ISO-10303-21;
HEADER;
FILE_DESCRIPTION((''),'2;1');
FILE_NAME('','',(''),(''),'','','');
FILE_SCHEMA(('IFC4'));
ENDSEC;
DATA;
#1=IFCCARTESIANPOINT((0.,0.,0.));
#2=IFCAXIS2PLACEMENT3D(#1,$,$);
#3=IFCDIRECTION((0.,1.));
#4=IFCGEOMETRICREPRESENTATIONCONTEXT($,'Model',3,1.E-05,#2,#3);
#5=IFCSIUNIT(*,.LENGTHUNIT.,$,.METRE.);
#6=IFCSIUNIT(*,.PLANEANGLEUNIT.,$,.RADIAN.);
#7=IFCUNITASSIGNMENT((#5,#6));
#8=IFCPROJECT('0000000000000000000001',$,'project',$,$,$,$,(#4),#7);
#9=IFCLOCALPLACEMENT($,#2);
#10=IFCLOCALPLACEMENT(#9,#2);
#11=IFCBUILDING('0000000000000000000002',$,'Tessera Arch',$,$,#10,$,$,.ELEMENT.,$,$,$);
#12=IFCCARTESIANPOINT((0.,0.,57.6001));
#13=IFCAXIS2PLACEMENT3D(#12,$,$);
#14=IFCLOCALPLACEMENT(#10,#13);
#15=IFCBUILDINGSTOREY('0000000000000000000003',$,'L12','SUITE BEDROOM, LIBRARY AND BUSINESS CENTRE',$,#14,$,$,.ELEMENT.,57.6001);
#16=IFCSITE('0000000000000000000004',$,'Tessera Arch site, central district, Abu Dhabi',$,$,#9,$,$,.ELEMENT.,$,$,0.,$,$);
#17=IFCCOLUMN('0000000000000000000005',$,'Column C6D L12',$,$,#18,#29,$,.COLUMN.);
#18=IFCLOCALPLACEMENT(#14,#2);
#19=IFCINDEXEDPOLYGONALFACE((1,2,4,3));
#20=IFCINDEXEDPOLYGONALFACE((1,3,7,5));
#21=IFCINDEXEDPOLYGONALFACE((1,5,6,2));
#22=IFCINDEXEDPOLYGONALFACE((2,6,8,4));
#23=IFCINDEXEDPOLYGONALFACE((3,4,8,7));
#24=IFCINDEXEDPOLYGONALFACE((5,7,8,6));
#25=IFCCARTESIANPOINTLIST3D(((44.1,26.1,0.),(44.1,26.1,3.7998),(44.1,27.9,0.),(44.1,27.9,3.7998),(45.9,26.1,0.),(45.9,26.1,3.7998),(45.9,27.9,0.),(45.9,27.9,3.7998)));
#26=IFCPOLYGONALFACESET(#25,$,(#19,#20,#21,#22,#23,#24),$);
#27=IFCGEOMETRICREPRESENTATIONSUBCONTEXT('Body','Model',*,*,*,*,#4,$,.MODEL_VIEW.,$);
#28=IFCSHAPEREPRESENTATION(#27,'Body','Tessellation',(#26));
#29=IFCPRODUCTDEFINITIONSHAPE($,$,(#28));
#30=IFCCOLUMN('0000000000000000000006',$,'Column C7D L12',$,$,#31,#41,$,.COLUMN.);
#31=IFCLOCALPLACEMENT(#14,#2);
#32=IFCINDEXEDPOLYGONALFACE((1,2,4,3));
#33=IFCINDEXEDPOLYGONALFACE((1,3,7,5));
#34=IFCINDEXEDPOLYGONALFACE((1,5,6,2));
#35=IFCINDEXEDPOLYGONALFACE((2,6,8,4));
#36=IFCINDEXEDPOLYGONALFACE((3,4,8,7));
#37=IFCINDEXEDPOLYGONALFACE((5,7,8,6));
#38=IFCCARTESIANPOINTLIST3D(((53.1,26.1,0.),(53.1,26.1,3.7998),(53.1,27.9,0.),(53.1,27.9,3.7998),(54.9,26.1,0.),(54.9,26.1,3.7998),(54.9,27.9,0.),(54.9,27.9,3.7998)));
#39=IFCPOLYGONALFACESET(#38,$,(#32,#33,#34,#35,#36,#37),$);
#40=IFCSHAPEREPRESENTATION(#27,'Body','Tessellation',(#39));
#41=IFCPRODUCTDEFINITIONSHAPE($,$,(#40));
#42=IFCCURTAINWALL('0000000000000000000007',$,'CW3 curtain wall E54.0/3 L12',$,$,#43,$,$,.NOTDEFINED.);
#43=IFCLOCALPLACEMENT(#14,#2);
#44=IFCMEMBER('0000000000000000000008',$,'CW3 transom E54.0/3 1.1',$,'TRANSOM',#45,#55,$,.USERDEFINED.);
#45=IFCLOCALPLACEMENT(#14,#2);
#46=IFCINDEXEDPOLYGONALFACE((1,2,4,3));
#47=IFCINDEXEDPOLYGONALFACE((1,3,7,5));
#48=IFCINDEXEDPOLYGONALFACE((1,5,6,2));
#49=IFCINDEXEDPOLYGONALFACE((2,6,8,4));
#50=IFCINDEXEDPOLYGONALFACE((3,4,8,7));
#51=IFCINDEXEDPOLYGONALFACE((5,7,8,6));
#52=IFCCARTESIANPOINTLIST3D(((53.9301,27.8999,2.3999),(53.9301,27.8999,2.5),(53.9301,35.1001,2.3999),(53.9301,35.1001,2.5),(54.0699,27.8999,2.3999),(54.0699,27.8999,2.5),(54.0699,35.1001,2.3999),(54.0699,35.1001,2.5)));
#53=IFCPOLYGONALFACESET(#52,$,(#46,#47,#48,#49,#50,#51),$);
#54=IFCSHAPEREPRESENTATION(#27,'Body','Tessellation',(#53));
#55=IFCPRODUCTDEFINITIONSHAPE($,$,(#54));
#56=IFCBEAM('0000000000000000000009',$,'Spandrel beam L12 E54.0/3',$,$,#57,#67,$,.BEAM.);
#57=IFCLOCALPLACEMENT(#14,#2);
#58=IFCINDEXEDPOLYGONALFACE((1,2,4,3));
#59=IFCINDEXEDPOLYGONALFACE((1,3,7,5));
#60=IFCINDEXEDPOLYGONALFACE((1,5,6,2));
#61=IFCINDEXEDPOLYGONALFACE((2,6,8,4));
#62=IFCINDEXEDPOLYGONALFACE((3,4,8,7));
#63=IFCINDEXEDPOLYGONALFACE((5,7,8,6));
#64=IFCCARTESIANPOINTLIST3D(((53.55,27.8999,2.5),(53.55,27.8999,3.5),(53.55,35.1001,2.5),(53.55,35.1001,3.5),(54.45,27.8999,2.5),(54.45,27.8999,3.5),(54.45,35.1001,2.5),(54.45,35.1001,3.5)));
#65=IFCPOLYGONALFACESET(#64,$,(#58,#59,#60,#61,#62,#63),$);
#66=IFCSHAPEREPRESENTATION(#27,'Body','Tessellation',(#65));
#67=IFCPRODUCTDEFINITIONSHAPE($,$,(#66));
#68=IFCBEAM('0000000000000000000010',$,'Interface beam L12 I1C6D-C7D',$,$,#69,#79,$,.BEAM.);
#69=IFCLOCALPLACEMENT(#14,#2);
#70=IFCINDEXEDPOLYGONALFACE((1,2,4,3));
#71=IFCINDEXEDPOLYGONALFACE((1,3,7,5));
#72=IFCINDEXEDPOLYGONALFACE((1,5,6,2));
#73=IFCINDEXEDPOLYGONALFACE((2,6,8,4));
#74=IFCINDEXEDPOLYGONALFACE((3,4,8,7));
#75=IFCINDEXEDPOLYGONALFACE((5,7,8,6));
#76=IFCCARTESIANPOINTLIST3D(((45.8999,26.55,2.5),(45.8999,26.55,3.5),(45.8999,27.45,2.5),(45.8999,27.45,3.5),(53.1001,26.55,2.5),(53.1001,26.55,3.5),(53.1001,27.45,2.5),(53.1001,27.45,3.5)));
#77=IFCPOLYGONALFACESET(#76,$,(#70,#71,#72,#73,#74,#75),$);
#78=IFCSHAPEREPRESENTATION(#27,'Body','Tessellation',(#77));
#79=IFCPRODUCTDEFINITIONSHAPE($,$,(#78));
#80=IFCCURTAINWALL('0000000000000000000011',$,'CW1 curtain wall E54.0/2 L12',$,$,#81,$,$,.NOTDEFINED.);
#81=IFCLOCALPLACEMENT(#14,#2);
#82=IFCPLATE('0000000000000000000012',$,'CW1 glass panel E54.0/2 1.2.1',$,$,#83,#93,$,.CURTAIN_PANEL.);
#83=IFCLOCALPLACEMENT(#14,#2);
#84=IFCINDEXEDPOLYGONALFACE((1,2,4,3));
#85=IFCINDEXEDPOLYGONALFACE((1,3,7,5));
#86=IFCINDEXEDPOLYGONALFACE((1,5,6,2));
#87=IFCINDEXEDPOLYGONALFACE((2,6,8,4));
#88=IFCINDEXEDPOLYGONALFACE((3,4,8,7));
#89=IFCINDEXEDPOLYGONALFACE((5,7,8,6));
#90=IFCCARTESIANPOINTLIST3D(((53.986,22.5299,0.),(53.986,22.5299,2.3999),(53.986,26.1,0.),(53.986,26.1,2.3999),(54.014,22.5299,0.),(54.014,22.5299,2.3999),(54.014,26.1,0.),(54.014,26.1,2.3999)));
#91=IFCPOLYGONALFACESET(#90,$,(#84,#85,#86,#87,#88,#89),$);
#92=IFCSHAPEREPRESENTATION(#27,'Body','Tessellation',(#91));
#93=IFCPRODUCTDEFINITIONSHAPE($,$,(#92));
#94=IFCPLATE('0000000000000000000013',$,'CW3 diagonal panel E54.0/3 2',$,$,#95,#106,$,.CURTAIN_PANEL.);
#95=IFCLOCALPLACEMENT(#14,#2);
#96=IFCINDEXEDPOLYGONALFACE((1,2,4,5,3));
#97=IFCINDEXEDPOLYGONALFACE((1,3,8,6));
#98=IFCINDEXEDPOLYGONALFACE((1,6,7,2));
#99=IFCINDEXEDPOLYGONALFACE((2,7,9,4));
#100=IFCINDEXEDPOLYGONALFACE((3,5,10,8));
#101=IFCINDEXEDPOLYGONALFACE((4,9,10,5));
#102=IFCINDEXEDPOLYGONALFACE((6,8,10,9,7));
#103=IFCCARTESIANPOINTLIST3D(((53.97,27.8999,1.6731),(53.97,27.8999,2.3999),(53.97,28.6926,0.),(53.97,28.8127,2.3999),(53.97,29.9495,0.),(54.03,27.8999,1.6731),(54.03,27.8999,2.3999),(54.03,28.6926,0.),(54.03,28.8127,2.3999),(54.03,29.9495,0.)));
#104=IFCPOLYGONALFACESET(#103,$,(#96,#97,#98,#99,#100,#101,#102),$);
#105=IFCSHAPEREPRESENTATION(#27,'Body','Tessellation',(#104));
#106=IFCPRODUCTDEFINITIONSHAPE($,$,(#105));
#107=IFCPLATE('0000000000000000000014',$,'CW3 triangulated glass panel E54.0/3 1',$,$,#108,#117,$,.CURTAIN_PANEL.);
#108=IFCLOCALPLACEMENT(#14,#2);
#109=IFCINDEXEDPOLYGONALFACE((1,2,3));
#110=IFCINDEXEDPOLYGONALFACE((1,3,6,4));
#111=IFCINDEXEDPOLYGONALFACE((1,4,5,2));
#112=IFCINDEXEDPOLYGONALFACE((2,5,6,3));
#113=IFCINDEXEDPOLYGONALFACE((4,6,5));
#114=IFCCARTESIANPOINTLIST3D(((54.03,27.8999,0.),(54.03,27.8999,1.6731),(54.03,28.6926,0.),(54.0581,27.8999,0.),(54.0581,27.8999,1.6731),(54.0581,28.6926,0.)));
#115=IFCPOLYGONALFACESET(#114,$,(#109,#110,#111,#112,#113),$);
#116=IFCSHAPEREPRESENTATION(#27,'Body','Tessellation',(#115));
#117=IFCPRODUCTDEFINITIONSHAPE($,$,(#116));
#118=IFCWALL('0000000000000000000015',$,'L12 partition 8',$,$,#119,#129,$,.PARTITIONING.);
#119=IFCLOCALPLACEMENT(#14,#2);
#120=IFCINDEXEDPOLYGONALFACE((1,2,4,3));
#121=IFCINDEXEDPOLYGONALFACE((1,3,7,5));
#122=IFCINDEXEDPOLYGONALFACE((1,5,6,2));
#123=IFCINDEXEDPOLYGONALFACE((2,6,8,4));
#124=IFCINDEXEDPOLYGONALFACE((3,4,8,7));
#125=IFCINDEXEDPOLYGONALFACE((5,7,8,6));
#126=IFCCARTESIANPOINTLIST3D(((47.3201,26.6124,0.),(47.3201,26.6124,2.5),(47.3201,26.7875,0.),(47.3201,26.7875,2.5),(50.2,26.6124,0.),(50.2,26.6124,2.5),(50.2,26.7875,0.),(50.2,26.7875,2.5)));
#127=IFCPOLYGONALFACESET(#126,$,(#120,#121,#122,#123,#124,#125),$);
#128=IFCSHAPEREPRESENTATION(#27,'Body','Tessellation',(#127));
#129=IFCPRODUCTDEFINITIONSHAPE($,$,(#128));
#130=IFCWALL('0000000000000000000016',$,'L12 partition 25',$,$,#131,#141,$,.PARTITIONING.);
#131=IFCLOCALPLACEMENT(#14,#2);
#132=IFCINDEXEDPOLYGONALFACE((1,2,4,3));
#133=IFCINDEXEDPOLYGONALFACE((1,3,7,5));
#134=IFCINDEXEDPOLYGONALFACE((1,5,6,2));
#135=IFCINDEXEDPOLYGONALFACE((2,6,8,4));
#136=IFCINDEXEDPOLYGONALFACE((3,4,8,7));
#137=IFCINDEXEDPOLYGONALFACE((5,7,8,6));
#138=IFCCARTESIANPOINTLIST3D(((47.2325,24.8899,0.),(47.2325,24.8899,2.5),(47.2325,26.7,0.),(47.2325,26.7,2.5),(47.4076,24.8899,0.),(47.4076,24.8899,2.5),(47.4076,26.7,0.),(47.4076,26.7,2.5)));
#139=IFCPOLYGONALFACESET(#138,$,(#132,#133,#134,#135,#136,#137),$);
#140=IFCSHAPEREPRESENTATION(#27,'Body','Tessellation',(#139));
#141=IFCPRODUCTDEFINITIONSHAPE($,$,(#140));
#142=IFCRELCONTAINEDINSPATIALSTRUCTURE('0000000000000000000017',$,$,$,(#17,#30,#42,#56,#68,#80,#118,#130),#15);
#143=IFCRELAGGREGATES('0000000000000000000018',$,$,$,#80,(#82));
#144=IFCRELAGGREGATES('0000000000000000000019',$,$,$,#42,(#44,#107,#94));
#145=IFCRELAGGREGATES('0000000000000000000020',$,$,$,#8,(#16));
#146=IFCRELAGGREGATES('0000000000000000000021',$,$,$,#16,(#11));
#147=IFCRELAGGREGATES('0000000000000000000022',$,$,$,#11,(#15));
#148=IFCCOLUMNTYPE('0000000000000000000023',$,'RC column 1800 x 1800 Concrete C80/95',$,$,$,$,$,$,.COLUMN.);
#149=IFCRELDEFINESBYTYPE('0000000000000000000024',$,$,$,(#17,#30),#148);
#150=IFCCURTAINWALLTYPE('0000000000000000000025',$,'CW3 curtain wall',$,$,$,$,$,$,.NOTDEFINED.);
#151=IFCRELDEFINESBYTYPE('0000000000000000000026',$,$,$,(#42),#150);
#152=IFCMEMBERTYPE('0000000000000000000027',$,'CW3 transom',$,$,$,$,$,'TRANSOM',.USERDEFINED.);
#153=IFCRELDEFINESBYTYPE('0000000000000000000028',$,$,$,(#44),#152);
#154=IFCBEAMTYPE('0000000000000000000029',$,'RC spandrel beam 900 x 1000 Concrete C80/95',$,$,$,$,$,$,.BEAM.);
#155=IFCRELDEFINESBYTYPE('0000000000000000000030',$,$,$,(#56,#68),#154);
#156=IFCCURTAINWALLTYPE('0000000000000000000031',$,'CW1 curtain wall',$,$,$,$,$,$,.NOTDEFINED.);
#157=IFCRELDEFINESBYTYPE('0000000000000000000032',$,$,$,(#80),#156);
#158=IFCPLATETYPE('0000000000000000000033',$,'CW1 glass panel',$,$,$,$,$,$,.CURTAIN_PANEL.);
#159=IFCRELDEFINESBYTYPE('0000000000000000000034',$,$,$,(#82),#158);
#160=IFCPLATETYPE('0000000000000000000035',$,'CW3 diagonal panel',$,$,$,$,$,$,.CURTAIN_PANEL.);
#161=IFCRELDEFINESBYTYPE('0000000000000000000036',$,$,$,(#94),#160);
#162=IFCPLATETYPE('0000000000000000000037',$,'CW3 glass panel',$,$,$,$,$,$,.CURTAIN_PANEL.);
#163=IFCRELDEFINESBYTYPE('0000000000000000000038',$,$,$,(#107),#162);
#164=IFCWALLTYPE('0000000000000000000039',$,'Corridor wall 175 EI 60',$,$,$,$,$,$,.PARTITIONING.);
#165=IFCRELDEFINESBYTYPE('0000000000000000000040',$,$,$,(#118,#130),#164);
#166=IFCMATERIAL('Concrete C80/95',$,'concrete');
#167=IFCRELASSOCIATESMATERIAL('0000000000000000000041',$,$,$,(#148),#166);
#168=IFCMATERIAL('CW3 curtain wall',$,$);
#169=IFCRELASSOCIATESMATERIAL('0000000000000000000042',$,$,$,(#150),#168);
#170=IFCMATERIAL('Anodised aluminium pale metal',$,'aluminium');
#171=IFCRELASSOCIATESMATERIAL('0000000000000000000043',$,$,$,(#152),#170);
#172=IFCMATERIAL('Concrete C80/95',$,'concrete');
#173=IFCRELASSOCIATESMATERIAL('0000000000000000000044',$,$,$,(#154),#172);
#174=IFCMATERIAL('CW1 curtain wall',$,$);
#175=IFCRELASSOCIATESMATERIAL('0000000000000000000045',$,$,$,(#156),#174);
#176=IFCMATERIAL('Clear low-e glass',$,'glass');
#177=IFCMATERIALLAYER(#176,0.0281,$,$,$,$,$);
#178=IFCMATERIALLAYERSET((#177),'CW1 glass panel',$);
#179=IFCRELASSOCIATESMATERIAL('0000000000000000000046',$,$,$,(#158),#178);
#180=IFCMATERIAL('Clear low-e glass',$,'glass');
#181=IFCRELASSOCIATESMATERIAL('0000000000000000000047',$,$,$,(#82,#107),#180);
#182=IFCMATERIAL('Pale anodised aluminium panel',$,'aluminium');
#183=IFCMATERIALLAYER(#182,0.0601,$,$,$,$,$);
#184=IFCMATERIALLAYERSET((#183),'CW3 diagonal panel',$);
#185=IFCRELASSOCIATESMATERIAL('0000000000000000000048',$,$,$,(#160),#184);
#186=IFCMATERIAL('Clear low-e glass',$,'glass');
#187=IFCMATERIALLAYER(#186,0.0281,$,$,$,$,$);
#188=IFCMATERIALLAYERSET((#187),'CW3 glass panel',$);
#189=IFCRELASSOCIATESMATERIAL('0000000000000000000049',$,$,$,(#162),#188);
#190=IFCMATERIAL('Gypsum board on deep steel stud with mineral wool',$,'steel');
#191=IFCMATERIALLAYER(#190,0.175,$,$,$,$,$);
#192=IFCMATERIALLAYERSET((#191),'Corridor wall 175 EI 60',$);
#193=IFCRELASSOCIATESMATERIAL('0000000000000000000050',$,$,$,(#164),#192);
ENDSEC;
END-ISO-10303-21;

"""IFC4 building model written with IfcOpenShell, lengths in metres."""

from ifc_helpers import new_model, si_unit, direction, frame, frame_2d, origin, origin_2d, place, context, subcontext, project, spatial, polyline, rectangle, outline, extrude, material, layer, layer_set, material_profile, profile_set, type_object, element, aggregate, save


model = new_model("IFC4")

# Units and contexts
model_context = context("Model", 3, precision=1e-05, world=origin(), true_north=direction((0.0, 1.0)))
body_context = subcontext(model_context, "Body", "Model", "MODEL_VIEW")
ifc_project = project(units=[si_unit("LENGTHUNIT", "METRE"), si_unit("PLANEANGLEUNIT", "RADIAN")], contexts=[model_context])

# Site, building, storey
site_placement = place(None, origin())
site = spatial("IfcSite", under=ifc_project, at=site_placement, Name="Tessera Arch site, central district, Abu Dhabi", CompositionType="ELEMENT", RefElevation=0.0)
building_placement = place(site_placement, origin())
building = spatial("IfcBuilding", under=site, at=building_placement, Name="Tessera Arch", CompositionType="ELEMENT")
storey_placement = place(building_placement, frame((0.0, 0.0, 57.6001)))
storey = spatial("IfcBuildingStorey", under=building, at=storey_placement, Name="L12", Description="SUITE BEDROOM, LIBRARY AND BUSINESS CENTRE", CompositionType="ELEMENT", Elevation=57.6001)

# Columns
ifc_material_1 = material(Name="Concrete C80/95", Category="concrete")
ifc_material_profile_1 = material_profile(ifc_material_1, rectangle(XDim=1.8, YDim=1.8, at=origin_2d()), Name="RC column 1800 x 1800 Concrete C80/95")
ifc_profile_set_1 = profile_set([ifc_material_profile_1], Name="Concrete C80/95")
column_type = type_object("IfcColumnType", Name="RC column 1800 x 1800 Concrete C80/95", PredefinedType="COLUMN", material=ifc_profile_set_1)
for number, where, z_axis, x_axis, name in (
    (1, (45.0, 27.0, 0.0), (0.0, 0.0, 1.0), (1.0, 0.0, 0.0), "Column C6D L12"),
    (2, (54.0, 27.0, 0.0), (0.0, 0.0, 1.0), (1.0, 0.0, 0.0), "Column C7D L12"),
):
    element("IfcColumn", number, at=place(storey_placement, frame(where, z_axis=z_axis, x_axis=x_axis)), inside=storey, type_object=column_type, Name=name, PredefinedType="COLUMN", context=body_context, shape_type="SweptSolid", body=[
        extrude(rectangle(XDim=1.8, YDim=1.8, at=origin_2d()), origin(), (0.0, 0.0, 1.0), 3.7998),
    ])

# Curtain wall, member
ifc_material_2 = material(Name="CW3 curtain wall")
curtain_wall_type_1 = type_object("IfcCurtainWallType", Name="CW3 curtain wall", PredefinedType="NOTDEFINED", material=ifc_material_2)
curtain_wall_1_placement = place(storey_placement, origin())
curtain_wall_1 = element("IfcCurtainWall", 3, at=curtain_wall_1_placement, inside=storey, type_object=curtain_wall_type_1, Name="CW3 curtain wall E54.0/3 L12", PredefinedType="NOTDEFINED")
ifc_material_3 = material(Name="Anodised aluminium pale metal", Category="aluminium")
ifc_material_profile_2 = material_profile(ifc_material_3, rectangle(XDim=0.1399, YDim=0.1001, at=origin_2d()), Name="AL 140x100")
ifc_profile_set_2 = profile_set([ifc_material_profile_2], Name="Anodised aluminium pale metal")
member_type = type_object("IfcMemberType", Name="CW3 transom", ElementType="TRANSOM", PredefinedType="USERDEFINED", material=ifc_profile_set_2)
member_placement = place(storey_placement, frame((54.0, 27.8999, 2.45), z_axis=(0.0, 1.0, 0.0), x_axis=(-1.0, 0.0, 0.0)))
member = element("IfcMember", 4, at=member_placement, type_object=member_type, Name="CW3 transom E54.0/3 1.1", ObjectType="TRANSOM", PredefinedType="USERDEFINED", context=body_context, shape_type="SweptSolid", body=[
    extrude(rectangle(XDim=0.1399, YDim=0.1001, at=origin_2d()), origin(), (0.0, 0.0, 1.0), 7.2002),
])

# Beams
ifc_material_4 = material(Name="Concrete C80/95", Category="concrete")
ifc_material_profile_3 = material_profile(ifc_material_4, rectangle(XDim=0.8999, YDim=1.0, at=origin_2d()), Name="RC spandrel beam 900 x 1000 Concrete C80/95")
ifc_profile_set_3 = profile_set([ifc_material_profile_3], Name="Concrete C80/95")
beam_type = type_object("IfcBeamType", Name="RC spandrel beam 900 x 1000 Concrete C80/95", PredefinedType="BEAM", material=ifc_profile_set_3)
for number, where, z_axis, x_axis, name in (
    (5, (54.0, 27.8999, 3.0), (0.0, 1.0, 0.0), (-1.0, 0.0, 0.0), "Spandrel beam L12 E54.0/3"),
    (6, (45.8999, 27.0, 3.0), (1.0, 0.0, 0.0), (0.0, 1.0, 0.0), "Interface beam L12 I1C6D-C7D"),
):
    element("IfcBeam", number, at=place(storey_placement, frame(where, z_axis=z_axis, x_axis=x_axis)), inside=storey, type_object=beam_type, Name=name, PredefinedType="BEAM", context=body_context, shape_type="SweptSolid", body=[
        extrude(rectangle(XDim=0.8999, YDim=1.0, at=origin_2d()), origin(), (0.0, 0.0, 1.0), 7.2002),
    ])

# Curtain wall, plate
ifc_material_5 = material(Name="CW1 curtain wall")
curtain_wall_type_2 = type_object("IfcCurtainWallType", Name="CW1 curtain wall", PredefinedType="NOTDEFINED", material=ifc_material_5)
curtain_wall_2_placement = place(storey_placement, origin())
curtain_wall_2 = element("IfcCurtainWall", 7, at=curtain_wall_2_placement, inside=storey, type_object=curtain_wall_type_2, Name="CW1 curtain wall E54.0/2 L12", PredefinedType="NOTDEFINED")
ifc_material_6 = material(Name="Clear low-e glass", Category="glass")
ifc_material_7 = material(Name="Clear low-e glass", Category="glass")
ifc_layer_1 = layer(ifc_material_7, 0.0281)
ifc_layer_set_1 = layer_set([ifc_layer_1], Name="CW1 glass panel")
plate_type_1 = type_object("IfcPlateType", Name="CW1 glass panel", PredefinedType="CURTAIN_PANEL", material=ifc_layer_set_1)
plate_1_placement = place(storey_placement, frame((54.0, 24.3149, 0.0), z_axis=(0.0, 0.0, 1.0), x_axis=(0.0, 1.0, 0.0)))
plate_1 = element("IfcPlate", 8, at=plate_1_placement, type_object=plate_type_1, material=ifc_material_6, Name="CW1 glass panel E54.0/2 1.2.1", PredefinedType="CURTAIN_PANEL", context=body_context, shape_type="SweptSolid", body=[
    extrude(rectangle(XDim=3.5701, YDim=0.0281, at=origin_2d()), origin(), (0.0, 0.0, 1.0), 2.3999),
])
aggregate(curtain_wall_2, [plate_1])

# Plates
ifc_material_8 = material(Name="Pale anodised aluminium panel", Category="aluminium")
ifc_layer_2 = layer(ifc_material_8, 0.0601)
ifc_layer_set_2 = layer_set([ifc_layer_2], Name="CW3 diagonal panel")
plate_type_2 = type_object("IfcPlateType", Name="CW3 diagonal panel", PredefinedType="CURTAIN_PANEL", material=ifc_layer_set_2)
plate_2_placement = place(storey_placement, frame((54.03, 27.8999, 2.3999), z_axis=(1.0, 0.0, 0.0), x_axis=(0.0, 0.0, -1.0)))
plate_2 = element("IfcPlate", 9, at=plate_2_placement, type_object=plate_type_2, Name="CW3 diagonal panel E54.0/3 2", PredefinedType="CURTAIN_PANEL", context=body_context, shape_type="SweptSolid", body=[
    extrude(outline(polyline([(0.0, 0.0), (0.7268, 0.0), (2.3999, 0.7927), (2.3999, 2.0496), (0.0, 0.9128), (0.0, 0.0)])), origin(), (0.0, 0.0, -1.0), 0.0601),
])
ifc_material_9 = material(Name="Clear low-e glass", Category="glass")
ifc_layer_3 = layer(ifc_material_9, 0.0281)
ifc_layer_set_3 = layer_set([ifc_layer_3], Name="CW3 glass panel")
plate_type_3 = type_object("IfcPlateType", Name="CW3 glass panel", PredefinedType="CURTAIN_PANEL", material=ifc_layer_set_3)
plate_3_placement = place(storey_placement, frame((54.0581, 27.8999, 0.0), z_axis=(1.0, 0.0, 0.0), x_axis=(0.0, 1.0, 0.0)))
plate_3 = element("IfcPlate", 10, at=plate_3_placement, type_object=plate_type_3, material=ifc_material_6, Name="CW3 triangulated glass panel E54.0/3 1", PredefinedType="CURTAIN_PANEL", context=body_context, shape_type="SweptSolid", body=[
    extrude(outline(polyline([(0.0, 0.0), (0.7927, 0.0), (0.0, 1.6731), (0.0, 0.0)])), origin(), (0.0, 0.0, -1.0), 0.0281),
])
aggregate(curtain_wall_1, [member, plate_3, plate_2])

# Walls
ifc_material_10 = material(Name="Gypsum board on deep steel stud with mineral wool", Category="steel")
ifc_layer_4 = layer(ifc_material_10, 0.175)
ifc_layer_set_4 = layer_set([ifc_layer_4], Name="Corridor wall 175 EI 60")
wall_type_1 = type_object("IfcWallType", Name="Corridor wall 175 EI 60", PredefinedType="PARTITIONING", material=ifc_layer_set_4)
wall_1_placement = place(storey_placement, frame((47.3201, 26.7, 0.0), z_axis=(0.0, 0.0, 1.0), x_axis=(1.0, 0.0, 0.0)))
element("IfcWall", 11, at=wall_1_placement, inside=storey, type_object=wall_type_1, Name="L12 partition 8", PredefinedType="PARTITIONING", context=body_context, shape_type="SweptSolid", body=[
    extrude(rectangle(XDim=2.8799, YDim=0.175, at=frame_2d((1.4399, 0.0))), origin(), (0.0, 0.0, 1.0), 2.5),
])
wall_2_placement = place(storey_placement, frame((47.3201, 24.8899, 0.0), z_axis=(0.0, 0.0, 1.0), x_axis=(0.0, 1.0, 0.0)))
element("IfcWall", 12, at=wall_2_placement, inside=storey, type_object=wall_type_1, Name="L12 partition 25", PredefinedType="PARTITIONING", context=body_context, shape_type="SweptSolid", body=[
    extrude(rectangle(XDim=1.8101, YDim=0.175, at=frame_2d((0.905, 0.0))), origin(), (0.0, 0.0, 1.0), 2.5),
])

save(model, "model.ifc")
